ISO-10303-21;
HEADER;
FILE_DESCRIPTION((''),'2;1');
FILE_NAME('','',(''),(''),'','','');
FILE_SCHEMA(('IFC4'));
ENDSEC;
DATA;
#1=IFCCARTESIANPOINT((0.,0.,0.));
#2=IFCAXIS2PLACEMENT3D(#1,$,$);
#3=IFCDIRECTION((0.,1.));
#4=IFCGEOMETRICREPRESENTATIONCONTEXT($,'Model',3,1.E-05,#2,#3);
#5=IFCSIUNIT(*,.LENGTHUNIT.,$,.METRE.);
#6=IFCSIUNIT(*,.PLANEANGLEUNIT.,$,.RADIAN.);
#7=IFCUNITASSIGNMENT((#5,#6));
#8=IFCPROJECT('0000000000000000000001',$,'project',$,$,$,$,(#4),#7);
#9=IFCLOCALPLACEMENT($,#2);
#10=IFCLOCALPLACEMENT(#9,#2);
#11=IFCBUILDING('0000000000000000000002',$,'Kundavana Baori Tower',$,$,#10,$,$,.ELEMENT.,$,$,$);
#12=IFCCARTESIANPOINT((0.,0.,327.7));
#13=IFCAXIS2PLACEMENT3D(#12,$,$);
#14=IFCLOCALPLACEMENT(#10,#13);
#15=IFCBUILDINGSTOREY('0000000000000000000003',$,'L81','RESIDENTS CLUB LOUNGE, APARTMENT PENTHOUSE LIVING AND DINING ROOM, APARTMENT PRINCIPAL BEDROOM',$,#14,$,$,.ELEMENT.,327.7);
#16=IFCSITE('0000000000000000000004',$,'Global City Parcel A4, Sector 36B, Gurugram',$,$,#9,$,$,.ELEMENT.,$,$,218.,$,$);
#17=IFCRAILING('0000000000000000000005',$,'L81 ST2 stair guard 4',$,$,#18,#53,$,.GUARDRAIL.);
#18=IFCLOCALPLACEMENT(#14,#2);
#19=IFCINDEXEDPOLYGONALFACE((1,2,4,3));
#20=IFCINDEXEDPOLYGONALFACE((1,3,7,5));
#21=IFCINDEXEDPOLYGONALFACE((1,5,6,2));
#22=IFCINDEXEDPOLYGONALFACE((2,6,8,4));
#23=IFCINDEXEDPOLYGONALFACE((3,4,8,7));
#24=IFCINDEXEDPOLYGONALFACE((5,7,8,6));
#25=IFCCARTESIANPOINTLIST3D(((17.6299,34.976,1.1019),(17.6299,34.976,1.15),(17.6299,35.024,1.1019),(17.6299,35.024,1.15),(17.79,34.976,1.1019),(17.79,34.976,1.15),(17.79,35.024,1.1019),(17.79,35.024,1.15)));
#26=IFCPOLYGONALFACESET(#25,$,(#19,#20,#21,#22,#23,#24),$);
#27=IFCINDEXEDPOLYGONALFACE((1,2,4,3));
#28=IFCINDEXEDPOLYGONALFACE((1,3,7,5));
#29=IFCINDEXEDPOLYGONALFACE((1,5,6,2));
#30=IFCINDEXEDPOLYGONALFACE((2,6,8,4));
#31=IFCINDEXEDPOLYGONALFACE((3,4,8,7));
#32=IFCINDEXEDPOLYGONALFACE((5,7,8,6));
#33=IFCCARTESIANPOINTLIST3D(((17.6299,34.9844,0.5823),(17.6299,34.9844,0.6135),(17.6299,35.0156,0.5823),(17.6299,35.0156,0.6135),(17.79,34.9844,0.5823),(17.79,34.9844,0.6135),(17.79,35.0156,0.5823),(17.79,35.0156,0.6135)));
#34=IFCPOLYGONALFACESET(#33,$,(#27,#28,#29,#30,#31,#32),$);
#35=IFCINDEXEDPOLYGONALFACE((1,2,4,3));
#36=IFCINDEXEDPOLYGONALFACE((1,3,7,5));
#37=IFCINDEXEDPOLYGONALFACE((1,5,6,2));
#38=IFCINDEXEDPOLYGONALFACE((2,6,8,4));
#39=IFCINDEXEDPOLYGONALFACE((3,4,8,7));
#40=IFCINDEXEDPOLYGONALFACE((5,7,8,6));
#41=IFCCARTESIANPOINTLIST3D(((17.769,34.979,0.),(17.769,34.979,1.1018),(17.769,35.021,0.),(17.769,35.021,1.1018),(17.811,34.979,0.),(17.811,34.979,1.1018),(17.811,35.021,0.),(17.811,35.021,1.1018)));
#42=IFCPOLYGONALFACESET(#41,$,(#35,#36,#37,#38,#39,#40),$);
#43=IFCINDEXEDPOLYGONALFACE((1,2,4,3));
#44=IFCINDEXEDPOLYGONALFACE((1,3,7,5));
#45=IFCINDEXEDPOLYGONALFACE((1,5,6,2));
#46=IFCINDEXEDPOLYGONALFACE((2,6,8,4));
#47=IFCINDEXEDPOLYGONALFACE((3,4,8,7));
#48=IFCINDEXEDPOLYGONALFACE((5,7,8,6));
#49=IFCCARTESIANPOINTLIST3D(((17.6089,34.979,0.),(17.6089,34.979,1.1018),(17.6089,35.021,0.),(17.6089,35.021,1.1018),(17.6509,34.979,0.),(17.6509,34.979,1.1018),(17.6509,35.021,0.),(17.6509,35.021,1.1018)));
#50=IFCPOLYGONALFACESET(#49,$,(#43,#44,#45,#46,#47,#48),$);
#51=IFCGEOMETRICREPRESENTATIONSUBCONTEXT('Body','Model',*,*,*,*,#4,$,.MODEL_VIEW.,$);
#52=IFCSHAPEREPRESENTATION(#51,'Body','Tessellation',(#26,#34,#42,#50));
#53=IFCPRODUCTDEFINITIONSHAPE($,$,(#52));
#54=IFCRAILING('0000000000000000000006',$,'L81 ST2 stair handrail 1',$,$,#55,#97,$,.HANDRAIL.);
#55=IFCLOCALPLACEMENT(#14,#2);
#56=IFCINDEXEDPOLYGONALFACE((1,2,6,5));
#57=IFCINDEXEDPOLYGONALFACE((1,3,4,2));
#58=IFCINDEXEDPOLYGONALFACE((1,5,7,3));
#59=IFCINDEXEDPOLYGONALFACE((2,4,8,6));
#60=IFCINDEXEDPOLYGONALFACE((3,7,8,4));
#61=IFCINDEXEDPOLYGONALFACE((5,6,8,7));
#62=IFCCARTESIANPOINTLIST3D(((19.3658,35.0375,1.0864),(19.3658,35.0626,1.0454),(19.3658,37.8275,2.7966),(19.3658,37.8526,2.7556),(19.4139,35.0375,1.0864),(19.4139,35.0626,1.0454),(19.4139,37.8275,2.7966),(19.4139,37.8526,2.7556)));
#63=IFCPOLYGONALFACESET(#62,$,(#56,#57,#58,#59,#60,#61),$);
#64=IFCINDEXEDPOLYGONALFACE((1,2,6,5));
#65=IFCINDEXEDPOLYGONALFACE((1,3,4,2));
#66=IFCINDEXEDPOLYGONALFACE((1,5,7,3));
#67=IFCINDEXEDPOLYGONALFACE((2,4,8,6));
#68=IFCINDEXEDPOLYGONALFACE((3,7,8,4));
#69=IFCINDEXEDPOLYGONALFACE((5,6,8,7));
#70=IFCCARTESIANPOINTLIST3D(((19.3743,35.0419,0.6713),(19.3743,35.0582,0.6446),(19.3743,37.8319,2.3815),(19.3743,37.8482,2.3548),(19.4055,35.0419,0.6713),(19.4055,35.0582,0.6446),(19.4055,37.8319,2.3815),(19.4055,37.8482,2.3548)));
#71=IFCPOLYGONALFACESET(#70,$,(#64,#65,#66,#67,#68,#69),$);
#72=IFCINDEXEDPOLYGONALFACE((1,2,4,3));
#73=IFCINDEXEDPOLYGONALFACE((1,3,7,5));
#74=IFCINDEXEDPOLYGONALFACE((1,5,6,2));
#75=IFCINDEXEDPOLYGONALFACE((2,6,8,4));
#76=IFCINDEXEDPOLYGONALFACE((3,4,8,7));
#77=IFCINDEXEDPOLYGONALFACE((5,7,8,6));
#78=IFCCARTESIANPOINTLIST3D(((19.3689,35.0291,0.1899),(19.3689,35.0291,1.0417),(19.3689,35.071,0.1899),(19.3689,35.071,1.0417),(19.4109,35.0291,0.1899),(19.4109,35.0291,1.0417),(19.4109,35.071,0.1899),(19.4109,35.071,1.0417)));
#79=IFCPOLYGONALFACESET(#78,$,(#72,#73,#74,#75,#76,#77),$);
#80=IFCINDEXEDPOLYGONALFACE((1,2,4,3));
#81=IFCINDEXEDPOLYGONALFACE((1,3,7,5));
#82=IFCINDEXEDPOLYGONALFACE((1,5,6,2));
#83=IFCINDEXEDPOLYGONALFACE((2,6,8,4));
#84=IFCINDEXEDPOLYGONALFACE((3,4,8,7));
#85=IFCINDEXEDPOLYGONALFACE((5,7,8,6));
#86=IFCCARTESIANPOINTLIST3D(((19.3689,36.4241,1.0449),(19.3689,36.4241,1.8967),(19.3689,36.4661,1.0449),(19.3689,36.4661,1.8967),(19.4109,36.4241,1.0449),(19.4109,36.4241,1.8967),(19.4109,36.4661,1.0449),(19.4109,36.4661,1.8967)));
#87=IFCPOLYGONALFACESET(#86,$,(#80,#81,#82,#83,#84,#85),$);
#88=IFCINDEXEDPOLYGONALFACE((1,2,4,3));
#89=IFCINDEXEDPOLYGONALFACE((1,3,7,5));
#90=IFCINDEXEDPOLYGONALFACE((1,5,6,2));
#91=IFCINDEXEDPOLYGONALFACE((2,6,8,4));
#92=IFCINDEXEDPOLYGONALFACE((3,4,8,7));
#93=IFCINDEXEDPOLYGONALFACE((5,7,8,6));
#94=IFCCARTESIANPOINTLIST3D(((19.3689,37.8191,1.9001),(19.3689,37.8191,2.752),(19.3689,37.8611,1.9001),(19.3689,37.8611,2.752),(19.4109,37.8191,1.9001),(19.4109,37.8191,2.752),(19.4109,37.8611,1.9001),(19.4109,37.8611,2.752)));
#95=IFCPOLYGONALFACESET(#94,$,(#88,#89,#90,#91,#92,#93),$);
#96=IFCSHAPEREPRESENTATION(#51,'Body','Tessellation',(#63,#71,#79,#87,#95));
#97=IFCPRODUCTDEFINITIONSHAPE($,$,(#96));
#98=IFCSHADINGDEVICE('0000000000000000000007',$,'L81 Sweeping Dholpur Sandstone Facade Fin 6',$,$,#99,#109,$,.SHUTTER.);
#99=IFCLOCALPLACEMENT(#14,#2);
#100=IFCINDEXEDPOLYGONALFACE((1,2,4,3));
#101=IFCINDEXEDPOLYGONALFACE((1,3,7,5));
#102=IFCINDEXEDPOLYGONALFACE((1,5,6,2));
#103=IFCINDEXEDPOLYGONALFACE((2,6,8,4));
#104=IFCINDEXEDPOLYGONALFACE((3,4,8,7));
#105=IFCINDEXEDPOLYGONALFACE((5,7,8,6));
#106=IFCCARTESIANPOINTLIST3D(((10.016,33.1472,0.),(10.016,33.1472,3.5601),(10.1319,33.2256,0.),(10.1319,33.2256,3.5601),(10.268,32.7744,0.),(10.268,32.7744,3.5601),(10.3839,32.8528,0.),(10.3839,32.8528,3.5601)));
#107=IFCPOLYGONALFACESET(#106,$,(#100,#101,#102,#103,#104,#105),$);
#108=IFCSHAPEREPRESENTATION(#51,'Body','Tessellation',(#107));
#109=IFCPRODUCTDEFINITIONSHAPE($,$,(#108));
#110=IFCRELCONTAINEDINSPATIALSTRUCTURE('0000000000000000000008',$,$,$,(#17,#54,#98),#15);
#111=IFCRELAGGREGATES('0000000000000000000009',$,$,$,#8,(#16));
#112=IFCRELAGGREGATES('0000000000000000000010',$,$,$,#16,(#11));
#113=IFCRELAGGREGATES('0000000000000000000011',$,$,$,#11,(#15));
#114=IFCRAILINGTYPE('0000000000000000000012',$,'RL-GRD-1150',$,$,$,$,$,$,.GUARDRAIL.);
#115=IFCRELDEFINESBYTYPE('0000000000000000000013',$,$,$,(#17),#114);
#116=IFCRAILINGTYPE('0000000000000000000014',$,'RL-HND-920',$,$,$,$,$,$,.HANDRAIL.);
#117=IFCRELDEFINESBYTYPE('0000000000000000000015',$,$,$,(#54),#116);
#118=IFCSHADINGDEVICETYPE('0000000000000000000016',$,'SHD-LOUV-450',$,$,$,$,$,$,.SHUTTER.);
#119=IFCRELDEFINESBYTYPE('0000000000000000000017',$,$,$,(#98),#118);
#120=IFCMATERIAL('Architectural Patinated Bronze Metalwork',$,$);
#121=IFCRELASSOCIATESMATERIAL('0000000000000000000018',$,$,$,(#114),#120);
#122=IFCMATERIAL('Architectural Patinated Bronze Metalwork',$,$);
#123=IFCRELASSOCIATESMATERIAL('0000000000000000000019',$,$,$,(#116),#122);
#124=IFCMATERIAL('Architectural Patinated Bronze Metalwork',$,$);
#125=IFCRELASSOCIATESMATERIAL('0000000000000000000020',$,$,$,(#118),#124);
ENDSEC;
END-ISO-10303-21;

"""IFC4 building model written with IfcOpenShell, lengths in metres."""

from ifc_helpers import new_model, si_unit, direction, frame, origin, origin_2d, place, context, subcontext, project, spatial, rectangle, extrude, material, type_object, element, save


model = new_model("IFC4")

# Units and contexts
model_context = context("Model", 3, precision=1e-05, world=origin(), true_north=direction((0.0, 1.0)))
body_context = subcontext(model_context, "Body", "Model", "MODEL_VIEW")
ifc_project = project(units=[si_unit("LENGTHUNIT", "METRE"), si_unit("PLANEANGLEUNIT", "RADIAN")], contexts=[model_context])

# Site, building, storey
site_placement = place(None, origin())
site = spatial("IfcSite", under=ifc_project, at=site_placement, Name="Global City Parcel A4, Sector 36B, Gurugram", CompositionType="ELEMENT", RefElevation=218.0)
building_placement = place(site_placement, origin())
building = spatial("IfcBuilding", under=site, at=building_placement, Name="Kundavana Baori Tower", CompositionType="ELEMENT")
storey_placement = place(building_placement, frame((0.0, 0.0, 327.7)))
storey = spatial("IfcBuildingStorey", under=building, at=storey_placement, Name="L81", Description="RESIDENTS CLUB LOUNGE, APARTMENT PENTHOUSE LIVING AND DINING ROOM, APARTMENT PRINCIPAL BEDROOM", CompositionType="ELEMENT", Elevation=327.7)

# Railings
ifc_material_1 = material(Name="Architectural Patinated Bronze Metalwork")
railing_type_1 = type_object("IfcRailingType", Name="RL-GRD-1150", PredefinedType="GUARDRAIL", material=ifc_material_1)
railing_1_placement = place(storey_placement, frame((17.79, 35.0, 0.0)))
element("IfcRailing", 1, at=railing_1_placement, inside=storey, type_object=railing_type_1, Name="L81 ST2 stair guard 4", PredefinedType="GUARDRAIL", context=body_context, shape_type="SweptSolid", body=[
    extrude(rectangle(XDim=0.0481, YDim=0.0481, at=origin_2d()), frame((0.0, 0.0, 1.126), z_axis=(-1.0, 0.0, 0.0), x_axis=(0.0, -1.0, 0.0)), (0.0, 0.0, 1.0), 0.1602),
    extrude(rectangle(XDim=0.0312, YDim=0.0312, at=origin_2d()), frame((0.0, 0.0, 0.5979), z_axis=(-1.0, 0.0, 0.0), x_axis=(0.0, -1.0, 0.0)), (0.0, 0.0, 1.0), 0.1602),
    extrude(rectangle(XDim=0.042, YDim=0.042, at=origin_2d()), origin(), (0.0, 0.0, 1.0), 1.1018),
    extrude(rectangle(XDim=0.042, YDim=0.042, at=origin_2d()), frame((-0.1602, 0.0, 0.0)), (0.0, 0.0, 1.0), 1.1018),
])
ifc_material_2 = material(Name="Architectural Patinated Bronze Metalwork")
railing_type_2 = type_object("IfcRailingType", Name="RL-HND-920", PredefinedType="HANDRAIL", material=ifc_material_2)
railing_2_placement = place(storey_placement, frame((19.3899, 35.05, 0.1899)))
element("IfcRailing", 2, at=railing_2_placement, inside=storey, type_object=railing_type_2, Name="L81 ST2 stair handrail 1", PredefinedType="HANDRAIL", context=body_context, shape_type="SweptSolid", body=[
    extrude(rectangle(XDim=0.0481, YDim=0.0481, at=origin_2d()), frame((0.0, 0.0, 0.876), z_axis=(0.0, 0.852577, 0.522602), x_axis=(-1.0, 0.0, 0.0)), (0.0, 0.0, 1.0), 3.2725),
    extrude(rectangle(XDim=0.0312, YDim=0.0312, at=origin_2d()), frame((0.0, 0.0, 0.468), z_axis=(0.0, 0.852577, 0.522602), x_axis=(-1.0, 0.0, 0.0)), (0.0, 0.0, 1.0), 3.2725),
    extrude(rectangle(XDim=0.042, YDim=0.042, at=origin_2d()), origin(), (0.0, 0.0, 1.0), 0.8518),
    extrude(rectangle(XDim=0.042, YDim=0.042, at=origin_2d()), frame((0.0, 1.395, 0.855)), (0.0, 0.0, 1.0), 0.8518),
    extrude(rectangle(XDim=0.042, YDim=0.042, at=origin_2d()), frame((0.0, 2.79, 1.7102)), (0.0, 0.0, 1.0), 0.8518),
])

# Shading device
ifc_material_3 = material(Name="Architectural Patinated Bronze Metalwork")
shading_device_type = type_object("IfcShadingDeviceType", Name="SHD-LOUV-450", PredefinedType="SHUTTER", material=ifc_material_3)
shading_device_placement = place(storey_placement, frame((10.2, 33.0, 0.0), z_axis=(0.0, 0.0, 1.0), x_axis=(0.828452, 0.560061, 0.0)))
element("IfcShadingDevice", 3, at=shading_device_placement, inside=storey, type_object=shading_device_type, Name="L81 Sweeping Dholpur Sandstone Facade Fin 6", PredefinedType="SHUTTER", context=body_context, shape_type="SweptSolid", body=[
    extrude(rectangle(XDim=0.1399, YDim=0.45, at=origin_2d()), origin(), (0.0, 0.0, 1.0), 3.5601),
])

save(model, "model.ifc")
